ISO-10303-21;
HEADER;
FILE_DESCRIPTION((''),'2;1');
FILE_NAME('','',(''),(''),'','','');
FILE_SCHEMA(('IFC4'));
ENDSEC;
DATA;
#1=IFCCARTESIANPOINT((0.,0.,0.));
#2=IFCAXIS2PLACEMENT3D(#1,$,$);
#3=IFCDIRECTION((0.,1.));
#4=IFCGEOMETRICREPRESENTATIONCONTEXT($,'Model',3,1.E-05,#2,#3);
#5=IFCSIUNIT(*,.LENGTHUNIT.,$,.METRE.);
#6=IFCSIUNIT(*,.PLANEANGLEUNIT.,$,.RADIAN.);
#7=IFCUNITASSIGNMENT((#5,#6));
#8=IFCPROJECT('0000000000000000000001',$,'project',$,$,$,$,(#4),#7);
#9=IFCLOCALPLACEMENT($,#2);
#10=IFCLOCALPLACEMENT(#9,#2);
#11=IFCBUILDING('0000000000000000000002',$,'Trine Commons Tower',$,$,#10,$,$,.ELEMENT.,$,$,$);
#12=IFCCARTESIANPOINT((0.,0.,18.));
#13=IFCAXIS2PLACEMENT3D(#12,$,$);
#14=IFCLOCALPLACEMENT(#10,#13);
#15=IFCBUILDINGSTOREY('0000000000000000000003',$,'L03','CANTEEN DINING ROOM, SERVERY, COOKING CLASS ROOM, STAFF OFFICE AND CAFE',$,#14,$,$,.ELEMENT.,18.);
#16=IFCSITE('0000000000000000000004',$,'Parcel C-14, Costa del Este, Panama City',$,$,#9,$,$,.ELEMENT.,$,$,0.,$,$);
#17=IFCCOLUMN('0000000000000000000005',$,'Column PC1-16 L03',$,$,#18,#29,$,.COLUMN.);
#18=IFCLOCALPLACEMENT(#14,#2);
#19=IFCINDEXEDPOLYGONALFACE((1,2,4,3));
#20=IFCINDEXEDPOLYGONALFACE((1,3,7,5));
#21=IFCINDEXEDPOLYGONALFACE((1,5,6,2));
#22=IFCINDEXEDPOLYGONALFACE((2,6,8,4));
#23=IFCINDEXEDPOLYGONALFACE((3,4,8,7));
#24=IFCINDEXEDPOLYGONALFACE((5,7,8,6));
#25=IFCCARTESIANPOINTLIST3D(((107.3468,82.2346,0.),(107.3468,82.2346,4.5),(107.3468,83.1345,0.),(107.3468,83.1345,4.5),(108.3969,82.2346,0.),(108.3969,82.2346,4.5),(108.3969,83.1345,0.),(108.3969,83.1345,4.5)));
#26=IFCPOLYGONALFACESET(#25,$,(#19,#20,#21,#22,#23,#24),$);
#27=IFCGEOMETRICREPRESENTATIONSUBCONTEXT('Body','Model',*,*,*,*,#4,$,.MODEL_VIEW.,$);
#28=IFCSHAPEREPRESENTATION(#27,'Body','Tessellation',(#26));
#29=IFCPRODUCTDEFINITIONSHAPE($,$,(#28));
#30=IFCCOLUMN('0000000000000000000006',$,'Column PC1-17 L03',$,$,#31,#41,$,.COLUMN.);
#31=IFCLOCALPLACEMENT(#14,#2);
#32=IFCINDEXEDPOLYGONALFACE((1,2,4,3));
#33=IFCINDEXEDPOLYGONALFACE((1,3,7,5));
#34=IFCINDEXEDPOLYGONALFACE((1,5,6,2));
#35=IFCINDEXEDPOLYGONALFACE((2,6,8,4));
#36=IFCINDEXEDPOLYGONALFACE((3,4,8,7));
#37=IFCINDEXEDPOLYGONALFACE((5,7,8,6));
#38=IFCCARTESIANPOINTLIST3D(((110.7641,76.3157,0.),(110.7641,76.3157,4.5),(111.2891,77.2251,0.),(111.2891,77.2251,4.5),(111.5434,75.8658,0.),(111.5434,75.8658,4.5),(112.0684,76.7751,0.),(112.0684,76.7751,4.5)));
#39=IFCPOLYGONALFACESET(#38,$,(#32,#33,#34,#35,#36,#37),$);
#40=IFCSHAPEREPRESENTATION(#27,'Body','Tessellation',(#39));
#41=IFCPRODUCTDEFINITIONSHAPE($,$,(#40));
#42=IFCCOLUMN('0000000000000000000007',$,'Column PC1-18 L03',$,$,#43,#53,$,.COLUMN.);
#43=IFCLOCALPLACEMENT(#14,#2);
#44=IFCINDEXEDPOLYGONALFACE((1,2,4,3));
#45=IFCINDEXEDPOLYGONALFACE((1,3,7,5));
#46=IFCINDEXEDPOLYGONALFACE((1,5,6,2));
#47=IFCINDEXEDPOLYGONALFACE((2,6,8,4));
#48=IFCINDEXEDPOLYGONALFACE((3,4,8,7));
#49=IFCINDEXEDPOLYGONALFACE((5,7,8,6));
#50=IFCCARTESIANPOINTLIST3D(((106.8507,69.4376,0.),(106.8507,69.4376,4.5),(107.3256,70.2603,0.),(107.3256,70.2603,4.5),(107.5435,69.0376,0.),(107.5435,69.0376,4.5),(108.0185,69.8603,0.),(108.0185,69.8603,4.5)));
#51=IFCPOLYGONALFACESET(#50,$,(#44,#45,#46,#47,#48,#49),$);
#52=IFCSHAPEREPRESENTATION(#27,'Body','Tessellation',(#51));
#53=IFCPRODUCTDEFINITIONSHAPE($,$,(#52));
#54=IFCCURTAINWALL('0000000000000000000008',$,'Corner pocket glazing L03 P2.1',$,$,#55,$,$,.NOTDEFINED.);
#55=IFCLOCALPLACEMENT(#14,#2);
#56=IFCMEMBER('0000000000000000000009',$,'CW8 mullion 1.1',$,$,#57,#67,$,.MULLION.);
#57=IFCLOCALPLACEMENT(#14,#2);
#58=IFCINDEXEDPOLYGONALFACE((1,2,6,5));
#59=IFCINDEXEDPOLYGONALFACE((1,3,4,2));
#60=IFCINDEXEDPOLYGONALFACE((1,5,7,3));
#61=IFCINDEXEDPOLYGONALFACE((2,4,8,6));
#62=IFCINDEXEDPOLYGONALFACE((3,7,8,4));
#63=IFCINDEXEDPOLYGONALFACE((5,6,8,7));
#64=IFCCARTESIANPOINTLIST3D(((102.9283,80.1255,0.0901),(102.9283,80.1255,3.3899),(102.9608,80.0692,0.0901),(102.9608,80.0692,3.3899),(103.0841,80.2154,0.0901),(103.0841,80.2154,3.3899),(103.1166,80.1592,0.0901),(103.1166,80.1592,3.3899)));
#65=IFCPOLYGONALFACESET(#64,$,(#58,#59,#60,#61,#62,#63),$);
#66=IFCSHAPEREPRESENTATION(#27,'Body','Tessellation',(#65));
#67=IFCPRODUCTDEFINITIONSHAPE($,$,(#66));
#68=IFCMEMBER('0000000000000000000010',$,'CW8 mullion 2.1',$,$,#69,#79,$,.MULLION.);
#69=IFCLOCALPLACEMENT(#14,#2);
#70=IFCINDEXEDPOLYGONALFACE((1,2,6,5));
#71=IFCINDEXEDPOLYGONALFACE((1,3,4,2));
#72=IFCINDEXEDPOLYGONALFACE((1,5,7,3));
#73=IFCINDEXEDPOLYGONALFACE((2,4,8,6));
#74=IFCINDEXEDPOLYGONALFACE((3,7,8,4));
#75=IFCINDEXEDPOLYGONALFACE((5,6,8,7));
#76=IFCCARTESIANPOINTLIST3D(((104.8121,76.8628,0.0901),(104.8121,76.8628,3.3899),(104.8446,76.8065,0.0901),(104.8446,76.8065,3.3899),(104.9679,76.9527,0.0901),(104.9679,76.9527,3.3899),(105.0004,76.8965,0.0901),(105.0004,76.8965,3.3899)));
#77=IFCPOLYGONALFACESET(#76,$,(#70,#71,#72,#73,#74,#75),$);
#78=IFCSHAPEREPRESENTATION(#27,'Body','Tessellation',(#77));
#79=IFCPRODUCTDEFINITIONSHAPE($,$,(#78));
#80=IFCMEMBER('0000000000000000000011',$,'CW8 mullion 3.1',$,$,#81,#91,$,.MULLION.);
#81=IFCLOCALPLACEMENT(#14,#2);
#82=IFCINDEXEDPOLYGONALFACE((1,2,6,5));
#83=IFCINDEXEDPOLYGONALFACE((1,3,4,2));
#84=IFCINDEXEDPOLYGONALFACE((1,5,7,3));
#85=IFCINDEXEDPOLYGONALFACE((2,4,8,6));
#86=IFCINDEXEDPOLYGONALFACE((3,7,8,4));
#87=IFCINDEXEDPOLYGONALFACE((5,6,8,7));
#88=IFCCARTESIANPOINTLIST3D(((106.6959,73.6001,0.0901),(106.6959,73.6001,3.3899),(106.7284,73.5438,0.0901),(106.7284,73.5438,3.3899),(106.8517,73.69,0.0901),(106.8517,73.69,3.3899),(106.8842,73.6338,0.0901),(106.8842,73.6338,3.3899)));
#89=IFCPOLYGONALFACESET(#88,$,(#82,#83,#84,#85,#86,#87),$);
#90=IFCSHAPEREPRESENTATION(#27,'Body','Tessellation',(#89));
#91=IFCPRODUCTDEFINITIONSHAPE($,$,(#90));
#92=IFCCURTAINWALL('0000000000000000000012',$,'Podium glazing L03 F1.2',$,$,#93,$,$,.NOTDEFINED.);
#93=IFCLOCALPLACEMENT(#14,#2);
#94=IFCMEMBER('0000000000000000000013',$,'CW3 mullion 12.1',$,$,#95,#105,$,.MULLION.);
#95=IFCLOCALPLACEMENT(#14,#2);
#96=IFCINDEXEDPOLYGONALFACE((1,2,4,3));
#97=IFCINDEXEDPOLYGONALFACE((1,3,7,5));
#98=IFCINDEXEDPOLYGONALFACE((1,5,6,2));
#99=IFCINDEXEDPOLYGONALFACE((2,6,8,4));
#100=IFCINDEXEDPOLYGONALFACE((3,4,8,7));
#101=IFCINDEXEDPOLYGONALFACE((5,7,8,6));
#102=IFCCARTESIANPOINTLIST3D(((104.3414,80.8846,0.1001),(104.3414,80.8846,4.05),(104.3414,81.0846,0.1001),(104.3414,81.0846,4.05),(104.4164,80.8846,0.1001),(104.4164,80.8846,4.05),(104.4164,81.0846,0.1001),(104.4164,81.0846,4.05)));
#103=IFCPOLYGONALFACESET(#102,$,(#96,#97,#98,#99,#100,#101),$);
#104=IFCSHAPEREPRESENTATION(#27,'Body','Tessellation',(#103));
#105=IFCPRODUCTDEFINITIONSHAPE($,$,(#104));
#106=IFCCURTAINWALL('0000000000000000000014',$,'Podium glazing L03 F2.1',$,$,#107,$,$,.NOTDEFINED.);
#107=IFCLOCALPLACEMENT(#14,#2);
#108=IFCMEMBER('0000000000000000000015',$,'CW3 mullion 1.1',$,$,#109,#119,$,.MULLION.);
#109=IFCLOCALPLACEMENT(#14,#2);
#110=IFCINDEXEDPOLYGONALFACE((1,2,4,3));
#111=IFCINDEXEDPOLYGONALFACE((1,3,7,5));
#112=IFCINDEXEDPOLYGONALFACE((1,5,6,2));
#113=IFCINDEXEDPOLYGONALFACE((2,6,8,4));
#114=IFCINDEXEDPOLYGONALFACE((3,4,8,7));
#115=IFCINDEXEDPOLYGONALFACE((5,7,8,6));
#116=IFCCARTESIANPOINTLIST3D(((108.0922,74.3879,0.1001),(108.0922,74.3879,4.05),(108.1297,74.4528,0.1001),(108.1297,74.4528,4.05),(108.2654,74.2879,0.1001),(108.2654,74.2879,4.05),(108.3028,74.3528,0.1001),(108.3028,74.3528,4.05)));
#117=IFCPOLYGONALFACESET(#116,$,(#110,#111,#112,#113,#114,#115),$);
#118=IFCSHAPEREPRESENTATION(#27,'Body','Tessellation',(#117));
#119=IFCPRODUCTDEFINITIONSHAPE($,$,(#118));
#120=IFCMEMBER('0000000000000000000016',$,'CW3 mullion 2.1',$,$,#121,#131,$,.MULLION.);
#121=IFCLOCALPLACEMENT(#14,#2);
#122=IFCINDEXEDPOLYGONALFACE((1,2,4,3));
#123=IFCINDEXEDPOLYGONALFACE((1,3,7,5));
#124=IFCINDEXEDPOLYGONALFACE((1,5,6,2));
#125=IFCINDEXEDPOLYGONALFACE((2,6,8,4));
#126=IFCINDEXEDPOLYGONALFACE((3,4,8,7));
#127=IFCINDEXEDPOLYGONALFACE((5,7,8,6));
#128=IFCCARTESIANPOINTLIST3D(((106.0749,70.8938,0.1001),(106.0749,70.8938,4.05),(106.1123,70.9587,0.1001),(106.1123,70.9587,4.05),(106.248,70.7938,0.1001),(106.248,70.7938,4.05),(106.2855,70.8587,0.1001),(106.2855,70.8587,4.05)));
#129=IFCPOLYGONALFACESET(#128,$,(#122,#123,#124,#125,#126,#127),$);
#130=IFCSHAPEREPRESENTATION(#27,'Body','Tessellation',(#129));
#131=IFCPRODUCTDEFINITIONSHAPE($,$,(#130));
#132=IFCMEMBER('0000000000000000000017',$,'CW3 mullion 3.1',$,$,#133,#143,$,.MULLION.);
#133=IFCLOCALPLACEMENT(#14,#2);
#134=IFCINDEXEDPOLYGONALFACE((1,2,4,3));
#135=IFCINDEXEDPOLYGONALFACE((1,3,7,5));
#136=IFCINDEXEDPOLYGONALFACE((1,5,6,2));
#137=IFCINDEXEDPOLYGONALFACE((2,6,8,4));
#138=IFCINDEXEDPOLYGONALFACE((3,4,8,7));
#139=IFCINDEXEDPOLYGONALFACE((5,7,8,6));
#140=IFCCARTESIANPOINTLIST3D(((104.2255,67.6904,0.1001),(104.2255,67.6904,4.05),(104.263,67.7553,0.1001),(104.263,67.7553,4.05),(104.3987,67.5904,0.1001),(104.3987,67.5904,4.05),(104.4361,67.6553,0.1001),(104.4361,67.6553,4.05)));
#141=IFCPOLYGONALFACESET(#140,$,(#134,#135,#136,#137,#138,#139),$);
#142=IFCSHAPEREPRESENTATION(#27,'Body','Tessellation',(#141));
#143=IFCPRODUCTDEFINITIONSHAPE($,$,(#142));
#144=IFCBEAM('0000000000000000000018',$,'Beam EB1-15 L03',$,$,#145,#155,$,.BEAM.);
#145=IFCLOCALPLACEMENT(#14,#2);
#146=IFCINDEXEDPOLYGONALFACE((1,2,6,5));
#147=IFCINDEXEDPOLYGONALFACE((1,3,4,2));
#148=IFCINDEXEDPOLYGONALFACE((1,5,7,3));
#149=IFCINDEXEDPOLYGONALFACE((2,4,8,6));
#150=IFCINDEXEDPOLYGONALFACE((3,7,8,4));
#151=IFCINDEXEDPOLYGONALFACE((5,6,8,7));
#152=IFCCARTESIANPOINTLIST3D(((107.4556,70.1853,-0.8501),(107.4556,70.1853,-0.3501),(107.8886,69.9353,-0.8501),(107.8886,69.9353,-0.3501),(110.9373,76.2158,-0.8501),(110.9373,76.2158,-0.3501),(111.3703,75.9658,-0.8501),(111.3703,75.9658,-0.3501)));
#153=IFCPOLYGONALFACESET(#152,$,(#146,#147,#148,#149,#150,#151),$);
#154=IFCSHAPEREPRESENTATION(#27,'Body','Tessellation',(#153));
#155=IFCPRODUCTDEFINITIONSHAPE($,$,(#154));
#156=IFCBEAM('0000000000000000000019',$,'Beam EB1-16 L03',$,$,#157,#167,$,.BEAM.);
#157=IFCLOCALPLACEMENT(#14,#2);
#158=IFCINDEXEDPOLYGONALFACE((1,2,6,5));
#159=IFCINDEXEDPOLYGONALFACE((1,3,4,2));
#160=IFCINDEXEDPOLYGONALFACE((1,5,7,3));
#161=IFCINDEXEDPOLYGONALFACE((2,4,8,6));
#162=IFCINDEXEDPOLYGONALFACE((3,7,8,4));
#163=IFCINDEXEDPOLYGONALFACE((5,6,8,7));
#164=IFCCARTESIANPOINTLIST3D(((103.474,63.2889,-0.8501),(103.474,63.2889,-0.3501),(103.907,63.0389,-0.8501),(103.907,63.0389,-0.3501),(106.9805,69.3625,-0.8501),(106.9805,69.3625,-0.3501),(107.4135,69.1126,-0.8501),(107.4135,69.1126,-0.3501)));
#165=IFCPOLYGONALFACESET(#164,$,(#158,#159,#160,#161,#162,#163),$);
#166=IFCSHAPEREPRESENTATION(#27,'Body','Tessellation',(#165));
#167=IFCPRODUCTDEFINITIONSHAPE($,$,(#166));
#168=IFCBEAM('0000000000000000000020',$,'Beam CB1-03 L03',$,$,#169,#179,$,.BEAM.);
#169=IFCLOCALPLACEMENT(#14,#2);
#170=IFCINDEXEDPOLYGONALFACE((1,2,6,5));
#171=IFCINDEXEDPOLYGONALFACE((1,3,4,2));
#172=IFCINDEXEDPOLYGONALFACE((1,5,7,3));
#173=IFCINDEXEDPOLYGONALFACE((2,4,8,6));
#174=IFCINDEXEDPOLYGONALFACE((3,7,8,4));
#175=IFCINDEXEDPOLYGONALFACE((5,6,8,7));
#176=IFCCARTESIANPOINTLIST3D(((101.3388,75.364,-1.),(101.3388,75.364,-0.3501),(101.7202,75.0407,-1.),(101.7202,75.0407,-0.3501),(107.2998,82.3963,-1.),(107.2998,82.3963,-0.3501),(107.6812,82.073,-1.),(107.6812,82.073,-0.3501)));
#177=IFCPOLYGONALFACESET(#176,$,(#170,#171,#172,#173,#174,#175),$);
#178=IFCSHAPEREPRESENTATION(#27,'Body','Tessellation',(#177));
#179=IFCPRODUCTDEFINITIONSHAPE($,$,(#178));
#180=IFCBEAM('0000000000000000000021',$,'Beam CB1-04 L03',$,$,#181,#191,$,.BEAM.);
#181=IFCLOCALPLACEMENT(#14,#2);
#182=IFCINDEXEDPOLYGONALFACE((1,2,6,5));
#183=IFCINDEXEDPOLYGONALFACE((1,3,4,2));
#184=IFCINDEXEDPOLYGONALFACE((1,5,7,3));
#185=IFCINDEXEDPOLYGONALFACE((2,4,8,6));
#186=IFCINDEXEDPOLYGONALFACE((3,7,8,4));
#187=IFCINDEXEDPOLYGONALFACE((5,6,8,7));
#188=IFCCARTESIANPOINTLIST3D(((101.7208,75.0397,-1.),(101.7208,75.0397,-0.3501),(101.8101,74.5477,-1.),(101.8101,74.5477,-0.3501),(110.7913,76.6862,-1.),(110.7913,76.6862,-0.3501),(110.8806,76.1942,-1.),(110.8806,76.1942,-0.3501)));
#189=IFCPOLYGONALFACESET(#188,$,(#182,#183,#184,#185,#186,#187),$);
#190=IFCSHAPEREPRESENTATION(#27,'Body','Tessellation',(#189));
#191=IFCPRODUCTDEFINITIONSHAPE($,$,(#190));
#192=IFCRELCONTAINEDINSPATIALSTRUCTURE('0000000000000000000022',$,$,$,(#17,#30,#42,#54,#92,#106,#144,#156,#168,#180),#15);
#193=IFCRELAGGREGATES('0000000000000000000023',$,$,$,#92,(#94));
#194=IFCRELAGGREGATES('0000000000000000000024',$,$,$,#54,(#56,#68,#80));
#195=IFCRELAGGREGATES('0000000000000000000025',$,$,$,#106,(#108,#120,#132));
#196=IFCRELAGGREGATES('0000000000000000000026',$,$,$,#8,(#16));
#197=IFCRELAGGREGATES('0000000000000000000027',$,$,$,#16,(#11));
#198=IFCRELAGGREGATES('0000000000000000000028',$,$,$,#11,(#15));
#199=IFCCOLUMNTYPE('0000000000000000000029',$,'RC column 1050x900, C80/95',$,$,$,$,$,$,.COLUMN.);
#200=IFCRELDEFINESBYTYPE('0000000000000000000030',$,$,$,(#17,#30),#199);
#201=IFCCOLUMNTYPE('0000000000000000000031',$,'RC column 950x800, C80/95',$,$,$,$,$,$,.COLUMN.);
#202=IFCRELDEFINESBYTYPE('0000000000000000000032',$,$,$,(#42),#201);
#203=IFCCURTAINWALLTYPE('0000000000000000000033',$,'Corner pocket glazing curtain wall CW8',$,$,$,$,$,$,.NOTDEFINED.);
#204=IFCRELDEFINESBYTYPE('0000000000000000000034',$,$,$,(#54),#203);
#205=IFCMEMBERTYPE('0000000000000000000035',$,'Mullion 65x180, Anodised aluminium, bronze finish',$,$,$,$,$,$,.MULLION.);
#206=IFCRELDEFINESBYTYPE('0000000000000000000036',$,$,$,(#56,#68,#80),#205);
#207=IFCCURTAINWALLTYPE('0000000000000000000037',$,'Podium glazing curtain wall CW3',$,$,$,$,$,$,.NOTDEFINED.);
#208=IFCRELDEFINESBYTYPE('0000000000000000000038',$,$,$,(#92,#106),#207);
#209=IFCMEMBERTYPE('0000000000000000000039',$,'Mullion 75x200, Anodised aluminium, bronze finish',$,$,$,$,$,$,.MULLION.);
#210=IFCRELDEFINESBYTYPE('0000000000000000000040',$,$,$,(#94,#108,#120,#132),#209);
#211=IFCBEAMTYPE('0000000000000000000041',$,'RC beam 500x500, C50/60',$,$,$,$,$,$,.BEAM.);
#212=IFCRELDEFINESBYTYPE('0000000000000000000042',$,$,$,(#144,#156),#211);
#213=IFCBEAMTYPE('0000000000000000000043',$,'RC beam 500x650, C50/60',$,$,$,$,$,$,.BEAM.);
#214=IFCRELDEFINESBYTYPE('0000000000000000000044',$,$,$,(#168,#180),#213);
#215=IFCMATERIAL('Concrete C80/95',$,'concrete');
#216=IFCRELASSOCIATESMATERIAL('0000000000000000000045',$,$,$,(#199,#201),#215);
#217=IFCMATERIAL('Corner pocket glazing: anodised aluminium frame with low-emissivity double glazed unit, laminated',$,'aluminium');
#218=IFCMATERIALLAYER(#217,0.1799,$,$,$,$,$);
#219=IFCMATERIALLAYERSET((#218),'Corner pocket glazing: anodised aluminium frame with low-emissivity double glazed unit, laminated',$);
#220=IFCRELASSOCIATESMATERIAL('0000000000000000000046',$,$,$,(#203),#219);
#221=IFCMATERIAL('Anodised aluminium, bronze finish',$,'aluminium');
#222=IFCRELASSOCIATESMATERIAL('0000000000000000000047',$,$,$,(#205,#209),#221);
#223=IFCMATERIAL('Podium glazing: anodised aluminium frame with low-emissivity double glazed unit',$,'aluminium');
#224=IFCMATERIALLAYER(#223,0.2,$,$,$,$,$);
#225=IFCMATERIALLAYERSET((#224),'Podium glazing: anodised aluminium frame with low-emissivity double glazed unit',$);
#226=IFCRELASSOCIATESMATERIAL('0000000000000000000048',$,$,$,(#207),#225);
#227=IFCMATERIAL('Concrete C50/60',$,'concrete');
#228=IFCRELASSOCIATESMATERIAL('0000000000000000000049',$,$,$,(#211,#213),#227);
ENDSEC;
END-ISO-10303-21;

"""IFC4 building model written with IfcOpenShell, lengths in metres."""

from ifc_helpers import new_model, si_unit, direction, frame, origin, origin_2d, place, context, subcontext, project, spatial, rectangle, extrude, material, layer, layer_set, material_profile, profile_set, type_object, element, aggregate, save


model = new_model("IFC4")

# Units and contexts
model_context = context("Model", 3, precision=1e-05, world=origin(), true_north=direction((0.0, 1.0)))
body_context = subcontext(model_context, "Body", "Model", "MODEL_VIEW")
ifc_project = project(units=[si_unit("LENGTHUNIT", "METRE"), si_unit("PLANEANGLEUNIT", "RADIAN")], contexts=[model_context])

# Site, building, storey
site_placement = place(None, origin())
site = spatial("IfcSite", under=ifc_project, at=site_placement, Name="Parcel C-14, Costa del Este, Panama City", CompositionType="ELEMENT", RefElevation=0.0)
building_placement = place(site_placement, origin())
building = spatial("IfcBuilding", under=site, at=building_placement, Name="Trine Commons Tower", CompositionType="ELEMENT")
storey_placement = place(building_placement, frame((0.0, 0.0, 18.0)))
storey = spatial("IfcBuildingStorey", under=building, at=storey_placement, Name="L03", Description="CANTEEN DINING ROOM, SERVERY, COOKING CLASS ROOM, STAFF OFFICE AND CAFE", CompositionType="ELEMENT", Elevation=18.0)

# Columns
ifc_material_1 = material(Name="Concrete C80/95", Category="concrete")
ifc_material_profile_1 = material_profile(ifc_material_1, rectangle(XDim=1.05, YDim=0.8999, at=origin_2d()), Name="RC 1050x900")
ifc_profile_set_1 = profile_set([ifc_material_profile_1], Name="Concrete C80/95")
column_type_1 = type_object("IfcColumnType", Name="RC column 1050x900, C80/95", PredefinedType="COLUMN", material=ifc_profile_set_1)
for number, where, z_axis, x_axis, name in (
    (1, (107.8718, 82.6846, 0.0), (0.0, 0.0, 1.0), (1.0, 0.0, 0.0), "Column PC1-16 L03"),
    (2, (111.4163, 76.5454, 0.0), (0.0, 0.0, 1.0), (0.5, 0.866025, 0.0), "Column PC1-17 L03"),
):
    element("IfcColumn", number, at=place(storey_placement, frame(where, z_axis=z_axis, x_axis=x_axis)), inside=storey, type_object=column_type_1, Name=name, PredefinedType="COLUMN", context=body_context, shape_type="SweptSolid", body=[
        extrude(rectangle(XDim=1.05, YDim=0.8999, at=origin_2d()), origin(), (0.0, 0.0, 1.0), 4.5),
    ])
ifc_material_profile_2 = material_profile(ifc_material_1, rectangle(XDim=0.95, YDim=0.8, at=origin_2d()), Name="RC 950x800")
ifc_profile_set_2 = profile_set([ifc_material_profile_2], Name="Concrete C80/95")
column_type_2 = type_object("IfcColumnType", Name="RC column 950x800, C80/95", PredefinedType="COLUMN", material=ifc_profile_set_2)
column_placement = place(storey_placement, frame((107.4346, 69.6489, 0.0), z_axis=(0.0, 0.0, 1.0), x_axis=(0.5, 0.866025, 0.0)))
element("IfcColumn", 3, at=column_placement, inside=storey, type_object=column_type_2, Name="Column PC1-18 L03", PredefinedType="COLUMN", context=body_context, shape_type="SweptSolid", body=[
    extrude(rectangle(XDim=0.95, YDim=0.8, at=origin_2d()), origin(), (0.0, 0.0, 1.0), 4.5),
])

# Curtain wall, members
ifc_material_2 = material(Name="Corner pocket glazing: anodised aluminium frame with low-emissivity double glazed unit, laminated", Category="aluminium")
ifc_layer_1 = layer(ifc_material_2, 0.1799)
ifc_layer_set_1 = layer_set([ifc_layer_1], Name="Corner pocket glazing: anodised aluminium frame with low-emissivity double glazed unit, laminated")
curtain_wall_type_1 = type_object("IfcCurtainWallType", Name="Corner pocket glazing curtain wall CW8", PredefinedType="NOTDEFINED", material=ifc_layer_set_1)
curtain_wall_1_placement = place(storey_placement, origin())
curtain_wall_1 = element("IfcCurtainWall", 4, at=curtain_wall_1_placement, inside=storey, type_object=curtain_wall_type_1, Name="Corner pocket glazing L03 P2.1", PredefinedType="NOTDEFINED")
ifc_material_3 = material(Name="Anodised aluminium, bronze finish", Category="aluminium")
ifc_material_profile_3 = material_profile(ifc_material_3, rectangle(XDim=0.1799, YDim=0.0649, at=origin_2d()), Name="Mullion 65x180")
ifc_profile_set_3 = profile_set([ifc_material_profile_3], Name="Anodised aluminium, bronze finish")
member_type_1 = type_object("IfcMemberType", Name="Mullion 65x180, Anodised aluminium, bronze finish", PredefinedType="MULLION", material=ifc_profile_set_3)
member_1_placement = place(storey_placement, frame((103.0225, 80.1423, 0.0901), z_axis=(0.0, 0.0, 1.0), x_axis=(0.866025, 0.5, 0.0)))
member_1 = element("IfcMember", 5, at=member_1_placement, type_object=member_type_1, Name="CW8 mullion 1.1", PredefinedType="MULLION", context=body_context, shape_type="SweptSolid", body=[
    extrude(rectangle(XDim=0.1799, YDim=0.0649, at=origin_2d()), origin(), (0.0, 0.0, 1.0), 3.2998),
])
member_2_placement = place(storey_placement, frame((104.9062, 76.8796, 0.0901), z_axis=(0.0, 0.0, 1.0), x_axis=(0.866025, 0.5, 0.0)))
member_2 = element("IfcMember", 6, at=member_2_placement, type_object=member_type_1, Name="CW8 mullion 2.1", PredefinedType="MULLION", context=body_context, shape_type="SweptSolid", body=[
    extrude(rectangle(XDim=0.1799, YDim=0.0649, at=origin_2d()), origin(), (0.0, 0.0, 1.0), 3.2998),
])
member_3_placement = place(storey_placement, frame((106.79, 73.6169, 0.0901), z_axis=(0.0, 0.0, 1.0), x_axis=(0.866025, 0.5, 0.0)))
member_3 = element("IfcMember", 7, at=member_3_placement, type_object=member_type_1, Name="CW8 mullion 3.1", PredefinedType="MULLION", context=body_context, shape_type="SweptSolid", body=[
    extrude(rectangle(XDim=0.1799, YDim=0.0649, at=origin_2d()), origin(), (0.0, 0.0, 1.0), 3.2998),
])

# Curtain wall, member
ifc_material_4 = material(Name="Podium glazing: anodised aluminium frame with low-emissivity double glazed unit", Category="aluminium")
ifc_layer_2 = layer(ifc_material_4, 0.2)
ifc_layer_set_2 = layer_set([ifc_layer_2], Name="Podium glazing: anodised aluminium frame with low-emissivity double glazed unit")
curtain_wall_type_2 = type_object("IfcCurtainWallType", Name="Podium glazing curtain wall CW3", PredefinedType="NOTDEFINED", material=ifc_layer_set_2)
curtain_wall_2_placement = place(storey_placement, origin())
curtain_wall_2 = element("IfcCurtainWall", 8, at=curtain_wall_2_placement, inside=storey, type_object=curtain_wall_type_2, Name="Podium glazing L03 F1.2", PredefinedType="NOTDEFINED")
ifc_material_profile_4 = material_profile(ifc_material_3, rectangle(XDim=0.2, YDim=0.075, at=origin_2d()), Name="Mullion 75x200")
ifc_profile_set_4 = profile_set([ifc_material_profile_4], Name="Anodised aluminium, bronze finish")
member_type_2 = type_object("IfcMemberType", Name="Mullion 75x200, Anodised aluminium, bronze finish", PredefinedType="MULLION", material=ifc_profile_set_4)
member_4_placement = place(storey_placement, frame((104.3789, 80.9846, 0.1001), z_axis=(0.0, 0.0, 1.0), x_axis=(0.0, 1.0, 0.0)))
member_4 = element("IfcMember", 9, at=member_4_placement, type_object=member_type_2, Name="CW3 mullion 12.1", PredefinedType="MULLION", context=body_context, shape_type="SweptSolid", body=[
    extrude(rectangle(XDim=0.2, YDim=0.075, at=origin_2d()), origin(), (0.0, 0.0, 1.0), 3.95),
])
aggregate(curtain_wall_2, [member_4])

# Curtain wall, members
curtain_wall_3_placement = place(storey_placement, origin())
curtain_wall_3 = element("IfcCurtainWall", 10, at=curtain_wall_3_placement, inside=storey, type_object=curtain_wall_type_2, Name="Podium glazing L03 F2.1", PredefinedType="NOTDEFINED")
member_5_placement = place(storey_placement, frame((108.1975, 74.3704, 0.1001), z_axis=(0.0, 0.0, 1.0), x_axis=(0.866025, -0.5, 0.0)))
member_5 = element("IfcMember", 11, at=member_5_placement, type_object=member_type_2, Name="CW3 mullion 1.1", PredefinedType="MULLION", context=body_context, shape_type="SweptSolid", body=[
    extrude(rectangle(XDim=0.2, YDim=0.075, at=origin_2d()), origin(), (0.0, 0.0, 1.0), 3.95),
])
member_6_placement = place(storey_placement, frame((106.1802, 70.8762, 0.1001), z_axis=(0.0, 0.0, 1.0), x_axis=(0.866025, -0.5, 0.0)))
member_6 = element("IfcMember", 12, at=member_6_placement, type_object=member_type_2, Name="CW3 mullion 2.1", PredefinedType="MULLION", context=body_context, shape_type="SweptSolid", body=[
    extrude(rectangle(XDim=0.2, YDim=0.075, at=origin_2d()), origin(), (0.0, 0.0, 1.0), 3.95),
])
member_7_placement = place(storey_placement, frame((104.3308, 67.6729, 0.1001), z_axis=(0.0, 0.0, 1.0), x_axis=(0.866025, -0.5, 0.0)))
member_7 = element("IfcMember", 13, at=member_7_placement, type_object=member_type_2, Name="CW3 mullion 3.1", PredefinedType="MULLION", context=body_context, shape_type="SweptSolid", body=[
    extrude(rectangle(XDim=0.2, YDim=0.075, at=origin_2d()), origin(), (0.0, 0.0, 1.0), 3.95),
])

# Beams
ifc_material_5 = material(Name="Concrete C50/60", Category="concrete")
ifc_material_profile_5 = material_profile(ifc_material_5, rectangle(XDim=0.5, YDim=0.5, at=origin_2d()), Name="RC 500x500")
ifc_profile_set_5 = profile_set([ifc_material_profile_5], Name="Concrete C50/60")
beam_type_1 = type_object("IfcBeamType", Name="RC beam 500x500, C50/60", PredefinedType="BEAM", material=ifc_profile_set_5)
beam_1_placement = place(storey_placement, frame((111.1538, 76.0908, -0.6001), z_axis=(-0.499997, -0.866027, 0.0), x_axis=(0.866027, -0.499997, 0.0)))
element("IfcBeam", 14, at=beam_1_placement, inside=storey, type_object=beam_type_1, Name="Beam EB1-15 L03", PredefinedType="BEAM", context=body_context, shape_type="SweptSolid", body=[
    extrude(rectangle(XDim=0.5, YDim=0.5, at=origin_2d()), origin(), (0.0, 0.0, 1.0), 6.9634),
])
beam_2_placement = place(storey_placement, frame((107.197, 69.2375, -0.6001), z_axis=(-0.499992, -0.86603, 0.0), x_axis=(0.86603, -0.499992, 0.0)))
element("IfcBeam", 15, at=beam_2_placement, inside=storey, type_object=beam_type_1, Name="Beam EB1-16 L03", PredefinedType="BEAM", context=body_context, shape_type="SweptSolid", body=[
    extrude(rectangle(XDim=0.5, YDim=0.5, at=origin_2d()), origin(), (0.0, 0.0, 1.0), 7.0132),
])
ifc_material_profile_6 = material_profile(ifc_material_5, rectangle(XDim=0.5, YDim=0.6499, at=origin_2d()), Name="RC 500x650")
ifc_profile_set_6 = profile_set([ifc_material_profile_6], Name="Concrete C50/60")
beam_type_2 = type_object("IfcBeamType", Name="RC beam 500x650, C50/60", PredefinedType="BEAM", material=ifc_profile_set_6)
for number, where, z_axis, x_axis, name in (
    (16, (107.4905, 82.2346, -0.675), (-0.646612, -0.762819, 0.0), (0.762819, -0.646612, 0.0), "Beam CB1-03 L03"),
    (17, (110.8359, 76.4402, -0.675), (-0.983922, -0.178601, 0.0), (0.178601, -0.983922, 0.0), "Beam CB1-04 L03"),
):
    element("IfcBeam", number, at=place(storey_placement, frame(where, z_axis=z_axis, x_axis=x_axis)), inside=storey, type_object=beam_type_2, Name=name, PredefinedType="BEAM", context=body_context, shape_type="SweptSolid", body=[
        extrude(rectangle(XDim=0.5, YDim=0.6499, at=origin_2d()), origin(), (0.0, 0.0, 1.0), 9.2188),
    ])

aggregate(curtain_wall_1, [member_1, member_2, member_3])
aggregate(curtain_wall_3, [member_5, member_6, member_7])

save(model, "model.ifc")
